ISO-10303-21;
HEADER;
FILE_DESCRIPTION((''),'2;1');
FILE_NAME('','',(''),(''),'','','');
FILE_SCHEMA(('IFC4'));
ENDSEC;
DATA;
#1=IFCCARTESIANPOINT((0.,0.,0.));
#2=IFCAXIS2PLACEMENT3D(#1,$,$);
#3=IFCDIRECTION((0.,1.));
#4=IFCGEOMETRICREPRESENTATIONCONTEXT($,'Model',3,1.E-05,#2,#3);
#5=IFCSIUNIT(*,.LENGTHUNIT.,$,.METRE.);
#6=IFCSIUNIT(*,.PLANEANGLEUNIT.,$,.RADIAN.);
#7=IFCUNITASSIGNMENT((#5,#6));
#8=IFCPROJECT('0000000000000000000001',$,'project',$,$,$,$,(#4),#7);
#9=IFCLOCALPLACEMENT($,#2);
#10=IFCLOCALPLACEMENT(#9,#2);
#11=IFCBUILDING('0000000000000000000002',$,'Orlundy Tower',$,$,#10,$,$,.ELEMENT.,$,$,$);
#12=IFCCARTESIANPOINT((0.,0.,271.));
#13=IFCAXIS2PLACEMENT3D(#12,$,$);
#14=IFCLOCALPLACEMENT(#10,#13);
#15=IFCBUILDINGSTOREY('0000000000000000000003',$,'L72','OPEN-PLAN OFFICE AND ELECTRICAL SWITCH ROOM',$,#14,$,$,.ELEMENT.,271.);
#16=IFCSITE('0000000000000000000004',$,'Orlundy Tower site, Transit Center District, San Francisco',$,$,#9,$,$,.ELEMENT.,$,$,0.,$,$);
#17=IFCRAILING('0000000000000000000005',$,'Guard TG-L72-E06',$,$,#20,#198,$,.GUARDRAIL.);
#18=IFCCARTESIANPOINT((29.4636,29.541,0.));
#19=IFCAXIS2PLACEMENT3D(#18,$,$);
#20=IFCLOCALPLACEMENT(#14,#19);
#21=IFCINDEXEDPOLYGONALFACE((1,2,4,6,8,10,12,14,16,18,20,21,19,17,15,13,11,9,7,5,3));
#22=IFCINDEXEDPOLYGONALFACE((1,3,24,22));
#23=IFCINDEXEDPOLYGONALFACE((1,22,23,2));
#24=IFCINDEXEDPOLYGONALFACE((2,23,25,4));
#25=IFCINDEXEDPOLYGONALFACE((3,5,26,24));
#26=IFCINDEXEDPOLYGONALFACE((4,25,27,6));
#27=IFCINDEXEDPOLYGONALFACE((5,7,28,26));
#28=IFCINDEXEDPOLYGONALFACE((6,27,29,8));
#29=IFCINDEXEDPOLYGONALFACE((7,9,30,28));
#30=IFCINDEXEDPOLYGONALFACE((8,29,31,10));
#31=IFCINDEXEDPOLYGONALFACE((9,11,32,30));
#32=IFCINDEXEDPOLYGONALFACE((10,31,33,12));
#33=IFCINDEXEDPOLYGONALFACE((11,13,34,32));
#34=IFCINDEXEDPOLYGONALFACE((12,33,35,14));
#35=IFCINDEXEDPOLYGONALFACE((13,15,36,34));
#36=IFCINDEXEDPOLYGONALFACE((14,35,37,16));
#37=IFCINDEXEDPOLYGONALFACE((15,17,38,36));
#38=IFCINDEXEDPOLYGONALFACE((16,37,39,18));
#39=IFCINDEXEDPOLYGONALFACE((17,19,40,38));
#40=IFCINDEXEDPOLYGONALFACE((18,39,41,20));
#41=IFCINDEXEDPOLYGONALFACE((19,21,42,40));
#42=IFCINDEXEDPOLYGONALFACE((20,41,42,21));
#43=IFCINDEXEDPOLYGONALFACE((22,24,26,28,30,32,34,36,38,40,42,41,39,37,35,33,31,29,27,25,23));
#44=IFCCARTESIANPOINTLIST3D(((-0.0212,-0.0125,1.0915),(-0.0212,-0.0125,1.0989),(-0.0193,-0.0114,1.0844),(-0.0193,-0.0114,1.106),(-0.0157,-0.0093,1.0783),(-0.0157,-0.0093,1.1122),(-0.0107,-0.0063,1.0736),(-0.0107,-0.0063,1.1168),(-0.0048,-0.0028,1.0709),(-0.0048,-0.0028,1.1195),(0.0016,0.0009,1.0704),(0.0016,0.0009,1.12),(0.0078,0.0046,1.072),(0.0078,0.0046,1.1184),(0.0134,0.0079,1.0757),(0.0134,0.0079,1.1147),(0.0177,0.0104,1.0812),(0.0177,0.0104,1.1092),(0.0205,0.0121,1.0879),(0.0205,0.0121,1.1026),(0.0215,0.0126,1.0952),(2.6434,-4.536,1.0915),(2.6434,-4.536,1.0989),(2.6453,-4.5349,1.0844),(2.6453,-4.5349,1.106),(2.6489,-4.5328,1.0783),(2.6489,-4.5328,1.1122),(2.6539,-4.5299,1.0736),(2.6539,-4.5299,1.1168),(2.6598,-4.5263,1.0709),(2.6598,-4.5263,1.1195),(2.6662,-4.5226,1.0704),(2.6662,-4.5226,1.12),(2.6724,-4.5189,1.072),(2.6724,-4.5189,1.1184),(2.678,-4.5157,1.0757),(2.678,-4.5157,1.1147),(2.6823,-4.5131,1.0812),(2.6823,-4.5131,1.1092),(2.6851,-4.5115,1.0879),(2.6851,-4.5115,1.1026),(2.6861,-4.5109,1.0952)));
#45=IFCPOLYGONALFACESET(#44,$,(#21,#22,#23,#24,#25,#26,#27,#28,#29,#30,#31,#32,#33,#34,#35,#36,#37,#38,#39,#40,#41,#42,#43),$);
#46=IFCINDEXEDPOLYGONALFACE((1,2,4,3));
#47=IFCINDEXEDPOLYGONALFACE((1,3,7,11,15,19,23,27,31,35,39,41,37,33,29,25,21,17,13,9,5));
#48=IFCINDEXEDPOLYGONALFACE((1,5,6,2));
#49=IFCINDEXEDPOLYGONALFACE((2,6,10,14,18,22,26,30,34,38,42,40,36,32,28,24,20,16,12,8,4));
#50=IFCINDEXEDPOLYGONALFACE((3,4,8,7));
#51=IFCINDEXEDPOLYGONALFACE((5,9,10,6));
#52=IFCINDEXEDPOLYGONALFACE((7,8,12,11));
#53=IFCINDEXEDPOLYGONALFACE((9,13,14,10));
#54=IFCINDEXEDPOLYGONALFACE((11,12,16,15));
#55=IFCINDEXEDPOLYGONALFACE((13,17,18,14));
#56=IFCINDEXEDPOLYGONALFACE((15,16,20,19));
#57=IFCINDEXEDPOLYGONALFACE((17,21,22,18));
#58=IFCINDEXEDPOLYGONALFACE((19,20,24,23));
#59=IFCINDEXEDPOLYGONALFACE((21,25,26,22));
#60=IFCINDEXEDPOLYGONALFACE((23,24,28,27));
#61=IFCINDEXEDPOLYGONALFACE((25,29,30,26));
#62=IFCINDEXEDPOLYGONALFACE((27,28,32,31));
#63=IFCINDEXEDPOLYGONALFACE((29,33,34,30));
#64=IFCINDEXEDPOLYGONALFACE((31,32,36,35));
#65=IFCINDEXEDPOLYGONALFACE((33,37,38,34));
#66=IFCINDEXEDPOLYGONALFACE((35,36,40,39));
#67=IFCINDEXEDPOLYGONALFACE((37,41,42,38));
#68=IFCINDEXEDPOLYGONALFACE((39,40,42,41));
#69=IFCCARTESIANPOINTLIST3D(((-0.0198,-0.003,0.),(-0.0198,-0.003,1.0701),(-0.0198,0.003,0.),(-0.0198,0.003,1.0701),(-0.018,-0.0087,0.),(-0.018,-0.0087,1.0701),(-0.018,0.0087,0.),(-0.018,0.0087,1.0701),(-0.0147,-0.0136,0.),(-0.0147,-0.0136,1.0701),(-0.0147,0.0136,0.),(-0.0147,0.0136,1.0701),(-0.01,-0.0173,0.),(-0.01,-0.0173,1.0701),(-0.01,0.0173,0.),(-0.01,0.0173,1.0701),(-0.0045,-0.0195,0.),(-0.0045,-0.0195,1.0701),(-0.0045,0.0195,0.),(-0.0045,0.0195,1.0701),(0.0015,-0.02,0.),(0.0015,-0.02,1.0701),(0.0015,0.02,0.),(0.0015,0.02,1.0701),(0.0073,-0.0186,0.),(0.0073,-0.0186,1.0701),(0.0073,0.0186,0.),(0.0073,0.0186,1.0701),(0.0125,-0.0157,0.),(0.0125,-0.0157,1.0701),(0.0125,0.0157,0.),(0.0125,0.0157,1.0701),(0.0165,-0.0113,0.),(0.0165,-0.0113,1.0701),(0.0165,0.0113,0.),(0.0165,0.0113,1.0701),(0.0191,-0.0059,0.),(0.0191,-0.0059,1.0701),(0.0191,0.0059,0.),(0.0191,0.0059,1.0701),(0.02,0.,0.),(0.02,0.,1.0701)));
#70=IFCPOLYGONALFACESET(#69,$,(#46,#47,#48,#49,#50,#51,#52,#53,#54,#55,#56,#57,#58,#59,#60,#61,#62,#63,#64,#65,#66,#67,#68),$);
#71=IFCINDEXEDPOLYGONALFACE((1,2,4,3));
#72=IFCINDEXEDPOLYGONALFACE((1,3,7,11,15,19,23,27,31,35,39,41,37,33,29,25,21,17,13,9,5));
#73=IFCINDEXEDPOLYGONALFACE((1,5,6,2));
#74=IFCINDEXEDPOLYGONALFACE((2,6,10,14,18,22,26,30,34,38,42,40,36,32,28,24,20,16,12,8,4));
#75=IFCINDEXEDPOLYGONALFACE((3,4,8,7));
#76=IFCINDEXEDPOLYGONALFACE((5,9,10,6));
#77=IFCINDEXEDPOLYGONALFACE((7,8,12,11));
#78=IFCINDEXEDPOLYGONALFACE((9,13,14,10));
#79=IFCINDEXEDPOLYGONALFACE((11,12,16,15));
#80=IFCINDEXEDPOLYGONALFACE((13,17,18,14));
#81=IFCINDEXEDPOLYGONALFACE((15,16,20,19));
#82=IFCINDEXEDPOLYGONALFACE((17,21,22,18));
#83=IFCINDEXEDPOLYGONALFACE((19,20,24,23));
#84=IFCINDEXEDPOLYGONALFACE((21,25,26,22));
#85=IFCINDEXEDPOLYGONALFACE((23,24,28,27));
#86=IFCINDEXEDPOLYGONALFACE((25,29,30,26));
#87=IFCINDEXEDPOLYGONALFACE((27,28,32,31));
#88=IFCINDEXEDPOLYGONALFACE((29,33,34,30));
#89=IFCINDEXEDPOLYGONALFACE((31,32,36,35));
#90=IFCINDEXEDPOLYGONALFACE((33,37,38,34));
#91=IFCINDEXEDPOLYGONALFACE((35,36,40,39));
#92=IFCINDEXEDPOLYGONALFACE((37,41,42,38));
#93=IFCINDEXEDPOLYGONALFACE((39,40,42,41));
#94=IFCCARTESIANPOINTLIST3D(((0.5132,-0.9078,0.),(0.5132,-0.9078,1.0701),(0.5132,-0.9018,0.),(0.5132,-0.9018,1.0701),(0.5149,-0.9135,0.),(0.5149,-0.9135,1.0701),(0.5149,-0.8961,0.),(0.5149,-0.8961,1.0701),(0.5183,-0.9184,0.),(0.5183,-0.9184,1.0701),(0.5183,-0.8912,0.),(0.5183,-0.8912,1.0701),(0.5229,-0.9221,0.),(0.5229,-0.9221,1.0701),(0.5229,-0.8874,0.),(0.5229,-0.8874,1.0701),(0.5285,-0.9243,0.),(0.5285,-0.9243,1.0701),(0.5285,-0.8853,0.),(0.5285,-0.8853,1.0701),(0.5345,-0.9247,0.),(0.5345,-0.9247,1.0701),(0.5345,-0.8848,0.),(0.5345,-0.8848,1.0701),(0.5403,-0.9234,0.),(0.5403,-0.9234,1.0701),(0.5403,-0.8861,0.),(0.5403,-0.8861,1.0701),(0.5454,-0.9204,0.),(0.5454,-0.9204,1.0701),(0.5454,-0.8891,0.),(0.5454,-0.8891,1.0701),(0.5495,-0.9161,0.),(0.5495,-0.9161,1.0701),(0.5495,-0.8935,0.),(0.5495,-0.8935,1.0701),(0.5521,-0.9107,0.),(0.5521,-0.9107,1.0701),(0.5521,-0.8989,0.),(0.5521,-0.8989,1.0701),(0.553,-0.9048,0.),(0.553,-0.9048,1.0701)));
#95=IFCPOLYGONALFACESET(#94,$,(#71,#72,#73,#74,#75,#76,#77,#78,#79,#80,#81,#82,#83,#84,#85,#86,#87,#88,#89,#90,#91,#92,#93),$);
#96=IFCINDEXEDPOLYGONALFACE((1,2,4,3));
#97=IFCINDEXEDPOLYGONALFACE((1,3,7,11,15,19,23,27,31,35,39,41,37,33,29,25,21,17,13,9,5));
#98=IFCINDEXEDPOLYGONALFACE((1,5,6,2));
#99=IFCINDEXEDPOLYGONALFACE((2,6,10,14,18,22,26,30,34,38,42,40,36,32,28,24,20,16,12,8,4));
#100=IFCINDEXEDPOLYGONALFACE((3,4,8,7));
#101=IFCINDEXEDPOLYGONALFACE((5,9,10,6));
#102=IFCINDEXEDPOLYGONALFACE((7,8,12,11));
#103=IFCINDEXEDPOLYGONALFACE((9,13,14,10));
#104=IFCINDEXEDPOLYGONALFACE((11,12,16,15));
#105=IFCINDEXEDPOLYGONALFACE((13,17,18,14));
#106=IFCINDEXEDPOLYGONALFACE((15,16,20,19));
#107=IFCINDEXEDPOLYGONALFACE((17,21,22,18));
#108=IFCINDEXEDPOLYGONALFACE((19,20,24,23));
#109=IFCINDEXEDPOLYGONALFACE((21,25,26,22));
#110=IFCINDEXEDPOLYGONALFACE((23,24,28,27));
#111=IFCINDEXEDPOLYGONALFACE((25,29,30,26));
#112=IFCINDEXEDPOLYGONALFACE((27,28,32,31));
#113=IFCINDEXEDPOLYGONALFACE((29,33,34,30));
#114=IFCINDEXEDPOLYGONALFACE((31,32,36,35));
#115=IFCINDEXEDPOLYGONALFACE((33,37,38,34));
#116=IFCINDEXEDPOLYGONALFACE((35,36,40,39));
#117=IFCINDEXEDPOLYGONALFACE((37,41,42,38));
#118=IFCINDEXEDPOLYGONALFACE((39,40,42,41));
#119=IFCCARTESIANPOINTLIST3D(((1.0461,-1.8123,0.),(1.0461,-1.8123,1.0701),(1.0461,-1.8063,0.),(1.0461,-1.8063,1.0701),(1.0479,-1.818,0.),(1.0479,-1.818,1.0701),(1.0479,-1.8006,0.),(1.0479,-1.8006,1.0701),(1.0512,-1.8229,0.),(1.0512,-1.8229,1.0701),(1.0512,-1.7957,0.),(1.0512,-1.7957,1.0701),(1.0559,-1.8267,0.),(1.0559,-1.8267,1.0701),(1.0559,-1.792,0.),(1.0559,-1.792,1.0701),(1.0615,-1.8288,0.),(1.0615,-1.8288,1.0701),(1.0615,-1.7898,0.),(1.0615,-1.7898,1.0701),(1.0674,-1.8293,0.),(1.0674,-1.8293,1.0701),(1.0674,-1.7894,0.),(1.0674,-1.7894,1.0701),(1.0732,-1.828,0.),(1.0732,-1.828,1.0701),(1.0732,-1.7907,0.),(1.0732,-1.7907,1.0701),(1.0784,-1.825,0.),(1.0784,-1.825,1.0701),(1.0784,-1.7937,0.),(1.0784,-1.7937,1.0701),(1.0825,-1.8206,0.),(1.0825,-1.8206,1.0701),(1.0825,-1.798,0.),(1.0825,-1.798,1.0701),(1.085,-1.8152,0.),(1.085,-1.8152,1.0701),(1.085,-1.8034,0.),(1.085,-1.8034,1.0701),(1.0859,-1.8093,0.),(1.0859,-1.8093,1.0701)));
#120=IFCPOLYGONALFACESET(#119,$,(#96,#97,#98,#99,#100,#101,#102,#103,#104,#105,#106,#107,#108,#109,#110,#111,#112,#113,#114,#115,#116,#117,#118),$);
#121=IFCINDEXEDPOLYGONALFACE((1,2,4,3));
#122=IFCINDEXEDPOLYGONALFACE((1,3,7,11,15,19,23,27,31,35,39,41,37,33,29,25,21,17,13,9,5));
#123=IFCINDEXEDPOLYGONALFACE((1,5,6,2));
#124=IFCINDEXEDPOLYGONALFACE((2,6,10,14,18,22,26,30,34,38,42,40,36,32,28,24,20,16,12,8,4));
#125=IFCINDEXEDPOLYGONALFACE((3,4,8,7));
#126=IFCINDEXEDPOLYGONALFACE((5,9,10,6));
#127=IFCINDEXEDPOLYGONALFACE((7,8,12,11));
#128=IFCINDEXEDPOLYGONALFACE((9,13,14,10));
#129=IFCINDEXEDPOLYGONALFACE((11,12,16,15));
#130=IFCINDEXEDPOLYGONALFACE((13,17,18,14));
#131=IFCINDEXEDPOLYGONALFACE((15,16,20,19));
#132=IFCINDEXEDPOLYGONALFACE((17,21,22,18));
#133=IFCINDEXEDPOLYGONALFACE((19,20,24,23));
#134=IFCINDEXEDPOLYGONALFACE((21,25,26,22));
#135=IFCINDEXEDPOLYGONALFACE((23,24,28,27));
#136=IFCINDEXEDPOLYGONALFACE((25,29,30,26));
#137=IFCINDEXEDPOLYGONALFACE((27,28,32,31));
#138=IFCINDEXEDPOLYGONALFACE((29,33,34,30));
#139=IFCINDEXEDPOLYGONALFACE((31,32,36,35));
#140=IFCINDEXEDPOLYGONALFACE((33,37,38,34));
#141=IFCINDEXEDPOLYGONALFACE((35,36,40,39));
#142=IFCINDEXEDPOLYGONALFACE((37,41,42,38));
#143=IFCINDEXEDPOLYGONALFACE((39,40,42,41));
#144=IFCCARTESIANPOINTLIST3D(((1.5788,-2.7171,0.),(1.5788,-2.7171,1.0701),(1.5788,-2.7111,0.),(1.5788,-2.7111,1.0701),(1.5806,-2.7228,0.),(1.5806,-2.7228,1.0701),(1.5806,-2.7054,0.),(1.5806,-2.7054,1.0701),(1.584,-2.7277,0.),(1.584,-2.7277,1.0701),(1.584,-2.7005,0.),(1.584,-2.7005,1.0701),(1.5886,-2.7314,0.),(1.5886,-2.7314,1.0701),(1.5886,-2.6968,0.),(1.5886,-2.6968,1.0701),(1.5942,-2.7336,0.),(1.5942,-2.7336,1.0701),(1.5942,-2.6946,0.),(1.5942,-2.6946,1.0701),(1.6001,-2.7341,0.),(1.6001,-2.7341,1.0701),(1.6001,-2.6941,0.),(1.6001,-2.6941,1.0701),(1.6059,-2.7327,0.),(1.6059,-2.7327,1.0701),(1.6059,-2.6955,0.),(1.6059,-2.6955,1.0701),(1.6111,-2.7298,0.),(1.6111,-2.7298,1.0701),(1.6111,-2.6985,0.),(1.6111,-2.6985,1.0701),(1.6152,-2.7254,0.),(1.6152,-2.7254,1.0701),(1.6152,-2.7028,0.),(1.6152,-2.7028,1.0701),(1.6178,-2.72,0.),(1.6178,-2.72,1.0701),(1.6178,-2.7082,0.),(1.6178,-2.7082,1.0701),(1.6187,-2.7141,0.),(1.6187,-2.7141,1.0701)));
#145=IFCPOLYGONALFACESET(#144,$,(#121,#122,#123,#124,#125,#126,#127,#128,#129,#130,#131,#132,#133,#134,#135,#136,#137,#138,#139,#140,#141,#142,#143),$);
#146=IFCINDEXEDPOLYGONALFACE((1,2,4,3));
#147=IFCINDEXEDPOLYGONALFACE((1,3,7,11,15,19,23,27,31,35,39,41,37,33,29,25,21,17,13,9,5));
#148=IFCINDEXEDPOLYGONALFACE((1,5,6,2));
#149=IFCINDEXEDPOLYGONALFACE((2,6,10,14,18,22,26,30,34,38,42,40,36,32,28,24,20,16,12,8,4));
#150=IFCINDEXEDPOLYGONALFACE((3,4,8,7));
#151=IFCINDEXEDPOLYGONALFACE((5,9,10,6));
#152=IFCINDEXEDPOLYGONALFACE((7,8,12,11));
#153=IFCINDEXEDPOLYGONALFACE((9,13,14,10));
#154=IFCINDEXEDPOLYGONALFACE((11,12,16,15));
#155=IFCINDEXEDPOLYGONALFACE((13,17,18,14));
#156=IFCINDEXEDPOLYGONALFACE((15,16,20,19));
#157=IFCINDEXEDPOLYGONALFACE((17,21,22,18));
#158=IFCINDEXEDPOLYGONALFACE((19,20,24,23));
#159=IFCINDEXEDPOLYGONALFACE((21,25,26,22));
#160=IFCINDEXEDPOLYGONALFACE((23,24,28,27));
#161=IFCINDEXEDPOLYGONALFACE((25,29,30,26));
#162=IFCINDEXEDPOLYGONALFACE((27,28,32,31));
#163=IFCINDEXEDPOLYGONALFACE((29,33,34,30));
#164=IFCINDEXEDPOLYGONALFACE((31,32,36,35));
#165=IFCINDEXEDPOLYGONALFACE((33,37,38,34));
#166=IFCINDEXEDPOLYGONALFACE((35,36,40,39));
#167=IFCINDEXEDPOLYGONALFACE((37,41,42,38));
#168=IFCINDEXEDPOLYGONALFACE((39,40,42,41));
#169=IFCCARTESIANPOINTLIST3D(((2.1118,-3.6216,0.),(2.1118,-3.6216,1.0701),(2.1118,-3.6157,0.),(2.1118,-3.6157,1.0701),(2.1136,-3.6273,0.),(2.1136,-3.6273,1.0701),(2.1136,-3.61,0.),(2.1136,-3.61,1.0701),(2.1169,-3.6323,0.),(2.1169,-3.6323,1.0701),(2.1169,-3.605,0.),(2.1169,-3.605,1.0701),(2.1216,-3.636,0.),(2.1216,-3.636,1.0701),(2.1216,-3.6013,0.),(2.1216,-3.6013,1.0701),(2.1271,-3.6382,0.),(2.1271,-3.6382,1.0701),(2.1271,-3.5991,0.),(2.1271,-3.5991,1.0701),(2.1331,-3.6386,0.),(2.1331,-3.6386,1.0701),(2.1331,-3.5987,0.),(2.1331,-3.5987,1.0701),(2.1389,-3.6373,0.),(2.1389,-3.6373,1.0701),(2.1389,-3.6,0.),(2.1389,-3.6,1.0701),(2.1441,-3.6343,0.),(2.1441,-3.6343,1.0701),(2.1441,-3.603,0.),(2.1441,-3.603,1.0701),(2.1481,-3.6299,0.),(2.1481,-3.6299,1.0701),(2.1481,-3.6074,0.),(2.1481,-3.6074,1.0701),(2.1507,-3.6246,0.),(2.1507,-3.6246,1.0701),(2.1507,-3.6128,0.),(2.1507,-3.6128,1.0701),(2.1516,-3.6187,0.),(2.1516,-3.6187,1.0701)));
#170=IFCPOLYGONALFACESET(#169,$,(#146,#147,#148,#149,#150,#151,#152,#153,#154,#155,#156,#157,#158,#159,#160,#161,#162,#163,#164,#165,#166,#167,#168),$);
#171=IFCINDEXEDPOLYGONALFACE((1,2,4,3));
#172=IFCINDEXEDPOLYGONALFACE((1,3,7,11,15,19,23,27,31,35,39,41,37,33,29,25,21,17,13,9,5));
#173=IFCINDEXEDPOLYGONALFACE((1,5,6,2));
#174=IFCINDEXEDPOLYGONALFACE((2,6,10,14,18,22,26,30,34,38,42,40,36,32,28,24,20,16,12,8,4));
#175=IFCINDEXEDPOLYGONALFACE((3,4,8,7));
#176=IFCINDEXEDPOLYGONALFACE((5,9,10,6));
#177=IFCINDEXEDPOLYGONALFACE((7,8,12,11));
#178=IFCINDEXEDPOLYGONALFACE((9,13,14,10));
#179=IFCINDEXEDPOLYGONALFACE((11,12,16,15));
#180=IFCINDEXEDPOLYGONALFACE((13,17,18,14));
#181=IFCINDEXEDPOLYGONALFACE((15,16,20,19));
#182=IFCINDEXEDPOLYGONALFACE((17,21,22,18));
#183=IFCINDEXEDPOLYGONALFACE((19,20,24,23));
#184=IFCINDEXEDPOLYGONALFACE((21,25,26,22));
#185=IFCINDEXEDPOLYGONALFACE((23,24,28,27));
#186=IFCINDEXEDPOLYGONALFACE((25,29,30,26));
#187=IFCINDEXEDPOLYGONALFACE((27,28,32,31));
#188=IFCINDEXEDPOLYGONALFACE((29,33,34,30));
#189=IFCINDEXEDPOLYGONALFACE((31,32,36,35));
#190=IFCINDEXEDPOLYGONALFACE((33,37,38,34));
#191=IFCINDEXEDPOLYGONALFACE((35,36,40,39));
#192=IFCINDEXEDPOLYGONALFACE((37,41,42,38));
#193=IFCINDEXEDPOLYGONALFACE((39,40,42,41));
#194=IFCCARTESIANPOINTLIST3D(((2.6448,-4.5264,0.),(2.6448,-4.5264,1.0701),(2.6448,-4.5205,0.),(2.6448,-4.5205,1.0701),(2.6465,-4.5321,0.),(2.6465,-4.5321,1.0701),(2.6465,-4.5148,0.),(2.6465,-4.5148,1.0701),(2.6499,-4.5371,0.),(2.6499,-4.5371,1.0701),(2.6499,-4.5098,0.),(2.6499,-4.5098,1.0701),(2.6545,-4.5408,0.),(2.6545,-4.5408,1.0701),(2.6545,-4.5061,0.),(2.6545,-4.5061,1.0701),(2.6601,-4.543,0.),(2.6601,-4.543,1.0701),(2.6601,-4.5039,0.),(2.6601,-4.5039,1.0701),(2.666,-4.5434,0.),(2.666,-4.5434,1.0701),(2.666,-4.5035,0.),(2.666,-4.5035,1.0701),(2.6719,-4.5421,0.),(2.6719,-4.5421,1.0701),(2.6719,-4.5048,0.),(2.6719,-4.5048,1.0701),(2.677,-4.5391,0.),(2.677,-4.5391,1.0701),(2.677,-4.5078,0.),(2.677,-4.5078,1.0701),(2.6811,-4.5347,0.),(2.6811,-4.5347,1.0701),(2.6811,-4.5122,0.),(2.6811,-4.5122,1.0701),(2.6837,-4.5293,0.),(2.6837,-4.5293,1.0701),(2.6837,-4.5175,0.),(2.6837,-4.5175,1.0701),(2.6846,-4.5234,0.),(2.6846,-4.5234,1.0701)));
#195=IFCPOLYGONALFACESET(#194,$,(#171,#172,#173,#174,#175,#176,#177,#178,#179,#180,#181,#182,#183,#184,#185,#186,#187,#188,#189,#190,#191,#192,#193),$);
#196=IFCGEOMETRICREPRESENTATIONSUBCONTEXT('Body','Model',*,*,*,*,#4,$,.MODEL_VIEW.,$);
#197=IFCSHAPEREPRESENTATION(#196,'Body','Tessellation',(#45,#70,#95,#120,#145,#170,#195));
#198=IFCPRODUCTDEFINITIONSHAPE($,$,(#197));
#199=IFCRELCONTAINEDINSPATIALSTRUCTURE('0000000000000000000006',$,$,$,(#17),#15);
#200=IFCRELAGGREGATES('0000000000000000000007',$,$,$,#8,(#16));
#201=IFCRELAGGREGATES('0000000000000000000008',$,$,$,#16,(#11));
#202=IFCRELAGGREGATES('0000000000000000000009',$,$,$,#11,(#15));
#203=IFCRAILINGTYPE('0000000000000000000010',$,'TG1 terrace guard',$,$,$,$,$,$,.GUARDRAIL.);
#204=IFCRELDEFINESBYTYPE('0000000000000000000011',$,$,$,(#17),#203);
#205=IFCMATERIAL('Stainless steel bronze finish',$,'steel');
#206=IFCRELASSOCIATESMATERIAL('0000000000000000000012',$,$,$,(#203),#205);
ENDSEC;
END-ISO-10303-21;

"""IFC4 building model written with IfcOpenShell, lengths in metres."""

from ifc_helpers import new_model, si_unit, direction, frame, origin, origin_2d, place, context, subcontext, project, spatial, circle, extrude, material, type_object, element, save


model = new_model("IFC4")

# Units and contexts
model_context = context("Model", 3, precision=1e-05, world=origin(), true_north=direction((0.0, 1.0)))
body_context = subcontext(model_context, "Body", "Model", "MODEL_VIEW")
ifc_project = project(units=[si_unit("LENGTHUNIT", "METRE"), si_unit("PLANEANGLEUNIT", "RADIAN")], contexts=[model_context])

# Site, building, storey
site_placement = place(None, origin())
site = spatial("IfcSite", under=ifc_project, at=site_placement, Name="Orlundy Tower site, Transit Center District, San Francisco", CompositionType="ELEMENT", RefElevation=0.0)
building_placement = place(site_placement, origin())
building = spatial("IfcBuilding", under=site, at=building_placement, Name="Orlundy Tower", CompositionType="ELEMENT")
storey_placement = place(building_placement, frame((0.0, 0.0, 271.0)))
storey = spatial("IfcBuildingStorey", under=building, at=storey_placement, Name="L72", Description="OPEN-PLAN OFFICE AND ELECTRICAL SWITCH ROOM", CompositionType="ELEMENT", Elevation=271.0)

# Railing
ifc_material_1 = material(Name="Stainless steel bronze finish", Category="steel")
railing_type_1 = type_object("IfcRailingType", Name="TG1 terrace guard", PredefinedType="GUARDRAIL", material=ifc_material_1)
railing_1_placement = place(storey_placement, frame((29.4636, 29.541, 0.0)))
element("IfcRailing", 1, at=railing_1_placement, inside=storey, type_object=railing_type_1, Name="Guard TG-L72-E06", PredefinedType="GUARDRAIL", context=body_context, shape_type="SweptSolid", body=[
    extrude(circle(Radius=0.0249, at=origin_2d()), frame((0.0, 0.0, 1.0952), z_axis=(0.507544, -0.861626, 0.0), x_axis=(0.861626, 0.507544, 0.0)), (0.0, 0.0, 1.0), 5.25),
    extrude(circle(Radius=0.02, at=origin_2d()), origin(), (0.0, 0.0, 1.0), 1.0701),
    extrude(circle(Radius=0.02, at=origin_2d()), frame((0.533, -0.9048, 0.0)), (0.0, 0.0, 1.0), 1.0701),
    extrude(circle(Radius=0.02, at=origin_2d()), frame((1.0659, -1.8093, 0.0)), (0.0, 0.0, 1.0), 1.0701),
    extrude(circle(Radius=0.02, at=origin_2d()), frame((1.5986, -2.7141, 0.0)), (0.0, 0.0, 1.0), 1.0701),
    extrude(circle(Radius=0.02, at=origin_2d()), frame((2.1316, -3.6187, 0.0)), (0.0, 0.0, 1.0), 1.0701),
    extrude(circle(Radius=0.02, at=origin_2d()), frame((2.6646, -4.5234, 0.0)), (0.0, 0.0, 1.0), 1.0701),
])

save(model, "model.ifc")
